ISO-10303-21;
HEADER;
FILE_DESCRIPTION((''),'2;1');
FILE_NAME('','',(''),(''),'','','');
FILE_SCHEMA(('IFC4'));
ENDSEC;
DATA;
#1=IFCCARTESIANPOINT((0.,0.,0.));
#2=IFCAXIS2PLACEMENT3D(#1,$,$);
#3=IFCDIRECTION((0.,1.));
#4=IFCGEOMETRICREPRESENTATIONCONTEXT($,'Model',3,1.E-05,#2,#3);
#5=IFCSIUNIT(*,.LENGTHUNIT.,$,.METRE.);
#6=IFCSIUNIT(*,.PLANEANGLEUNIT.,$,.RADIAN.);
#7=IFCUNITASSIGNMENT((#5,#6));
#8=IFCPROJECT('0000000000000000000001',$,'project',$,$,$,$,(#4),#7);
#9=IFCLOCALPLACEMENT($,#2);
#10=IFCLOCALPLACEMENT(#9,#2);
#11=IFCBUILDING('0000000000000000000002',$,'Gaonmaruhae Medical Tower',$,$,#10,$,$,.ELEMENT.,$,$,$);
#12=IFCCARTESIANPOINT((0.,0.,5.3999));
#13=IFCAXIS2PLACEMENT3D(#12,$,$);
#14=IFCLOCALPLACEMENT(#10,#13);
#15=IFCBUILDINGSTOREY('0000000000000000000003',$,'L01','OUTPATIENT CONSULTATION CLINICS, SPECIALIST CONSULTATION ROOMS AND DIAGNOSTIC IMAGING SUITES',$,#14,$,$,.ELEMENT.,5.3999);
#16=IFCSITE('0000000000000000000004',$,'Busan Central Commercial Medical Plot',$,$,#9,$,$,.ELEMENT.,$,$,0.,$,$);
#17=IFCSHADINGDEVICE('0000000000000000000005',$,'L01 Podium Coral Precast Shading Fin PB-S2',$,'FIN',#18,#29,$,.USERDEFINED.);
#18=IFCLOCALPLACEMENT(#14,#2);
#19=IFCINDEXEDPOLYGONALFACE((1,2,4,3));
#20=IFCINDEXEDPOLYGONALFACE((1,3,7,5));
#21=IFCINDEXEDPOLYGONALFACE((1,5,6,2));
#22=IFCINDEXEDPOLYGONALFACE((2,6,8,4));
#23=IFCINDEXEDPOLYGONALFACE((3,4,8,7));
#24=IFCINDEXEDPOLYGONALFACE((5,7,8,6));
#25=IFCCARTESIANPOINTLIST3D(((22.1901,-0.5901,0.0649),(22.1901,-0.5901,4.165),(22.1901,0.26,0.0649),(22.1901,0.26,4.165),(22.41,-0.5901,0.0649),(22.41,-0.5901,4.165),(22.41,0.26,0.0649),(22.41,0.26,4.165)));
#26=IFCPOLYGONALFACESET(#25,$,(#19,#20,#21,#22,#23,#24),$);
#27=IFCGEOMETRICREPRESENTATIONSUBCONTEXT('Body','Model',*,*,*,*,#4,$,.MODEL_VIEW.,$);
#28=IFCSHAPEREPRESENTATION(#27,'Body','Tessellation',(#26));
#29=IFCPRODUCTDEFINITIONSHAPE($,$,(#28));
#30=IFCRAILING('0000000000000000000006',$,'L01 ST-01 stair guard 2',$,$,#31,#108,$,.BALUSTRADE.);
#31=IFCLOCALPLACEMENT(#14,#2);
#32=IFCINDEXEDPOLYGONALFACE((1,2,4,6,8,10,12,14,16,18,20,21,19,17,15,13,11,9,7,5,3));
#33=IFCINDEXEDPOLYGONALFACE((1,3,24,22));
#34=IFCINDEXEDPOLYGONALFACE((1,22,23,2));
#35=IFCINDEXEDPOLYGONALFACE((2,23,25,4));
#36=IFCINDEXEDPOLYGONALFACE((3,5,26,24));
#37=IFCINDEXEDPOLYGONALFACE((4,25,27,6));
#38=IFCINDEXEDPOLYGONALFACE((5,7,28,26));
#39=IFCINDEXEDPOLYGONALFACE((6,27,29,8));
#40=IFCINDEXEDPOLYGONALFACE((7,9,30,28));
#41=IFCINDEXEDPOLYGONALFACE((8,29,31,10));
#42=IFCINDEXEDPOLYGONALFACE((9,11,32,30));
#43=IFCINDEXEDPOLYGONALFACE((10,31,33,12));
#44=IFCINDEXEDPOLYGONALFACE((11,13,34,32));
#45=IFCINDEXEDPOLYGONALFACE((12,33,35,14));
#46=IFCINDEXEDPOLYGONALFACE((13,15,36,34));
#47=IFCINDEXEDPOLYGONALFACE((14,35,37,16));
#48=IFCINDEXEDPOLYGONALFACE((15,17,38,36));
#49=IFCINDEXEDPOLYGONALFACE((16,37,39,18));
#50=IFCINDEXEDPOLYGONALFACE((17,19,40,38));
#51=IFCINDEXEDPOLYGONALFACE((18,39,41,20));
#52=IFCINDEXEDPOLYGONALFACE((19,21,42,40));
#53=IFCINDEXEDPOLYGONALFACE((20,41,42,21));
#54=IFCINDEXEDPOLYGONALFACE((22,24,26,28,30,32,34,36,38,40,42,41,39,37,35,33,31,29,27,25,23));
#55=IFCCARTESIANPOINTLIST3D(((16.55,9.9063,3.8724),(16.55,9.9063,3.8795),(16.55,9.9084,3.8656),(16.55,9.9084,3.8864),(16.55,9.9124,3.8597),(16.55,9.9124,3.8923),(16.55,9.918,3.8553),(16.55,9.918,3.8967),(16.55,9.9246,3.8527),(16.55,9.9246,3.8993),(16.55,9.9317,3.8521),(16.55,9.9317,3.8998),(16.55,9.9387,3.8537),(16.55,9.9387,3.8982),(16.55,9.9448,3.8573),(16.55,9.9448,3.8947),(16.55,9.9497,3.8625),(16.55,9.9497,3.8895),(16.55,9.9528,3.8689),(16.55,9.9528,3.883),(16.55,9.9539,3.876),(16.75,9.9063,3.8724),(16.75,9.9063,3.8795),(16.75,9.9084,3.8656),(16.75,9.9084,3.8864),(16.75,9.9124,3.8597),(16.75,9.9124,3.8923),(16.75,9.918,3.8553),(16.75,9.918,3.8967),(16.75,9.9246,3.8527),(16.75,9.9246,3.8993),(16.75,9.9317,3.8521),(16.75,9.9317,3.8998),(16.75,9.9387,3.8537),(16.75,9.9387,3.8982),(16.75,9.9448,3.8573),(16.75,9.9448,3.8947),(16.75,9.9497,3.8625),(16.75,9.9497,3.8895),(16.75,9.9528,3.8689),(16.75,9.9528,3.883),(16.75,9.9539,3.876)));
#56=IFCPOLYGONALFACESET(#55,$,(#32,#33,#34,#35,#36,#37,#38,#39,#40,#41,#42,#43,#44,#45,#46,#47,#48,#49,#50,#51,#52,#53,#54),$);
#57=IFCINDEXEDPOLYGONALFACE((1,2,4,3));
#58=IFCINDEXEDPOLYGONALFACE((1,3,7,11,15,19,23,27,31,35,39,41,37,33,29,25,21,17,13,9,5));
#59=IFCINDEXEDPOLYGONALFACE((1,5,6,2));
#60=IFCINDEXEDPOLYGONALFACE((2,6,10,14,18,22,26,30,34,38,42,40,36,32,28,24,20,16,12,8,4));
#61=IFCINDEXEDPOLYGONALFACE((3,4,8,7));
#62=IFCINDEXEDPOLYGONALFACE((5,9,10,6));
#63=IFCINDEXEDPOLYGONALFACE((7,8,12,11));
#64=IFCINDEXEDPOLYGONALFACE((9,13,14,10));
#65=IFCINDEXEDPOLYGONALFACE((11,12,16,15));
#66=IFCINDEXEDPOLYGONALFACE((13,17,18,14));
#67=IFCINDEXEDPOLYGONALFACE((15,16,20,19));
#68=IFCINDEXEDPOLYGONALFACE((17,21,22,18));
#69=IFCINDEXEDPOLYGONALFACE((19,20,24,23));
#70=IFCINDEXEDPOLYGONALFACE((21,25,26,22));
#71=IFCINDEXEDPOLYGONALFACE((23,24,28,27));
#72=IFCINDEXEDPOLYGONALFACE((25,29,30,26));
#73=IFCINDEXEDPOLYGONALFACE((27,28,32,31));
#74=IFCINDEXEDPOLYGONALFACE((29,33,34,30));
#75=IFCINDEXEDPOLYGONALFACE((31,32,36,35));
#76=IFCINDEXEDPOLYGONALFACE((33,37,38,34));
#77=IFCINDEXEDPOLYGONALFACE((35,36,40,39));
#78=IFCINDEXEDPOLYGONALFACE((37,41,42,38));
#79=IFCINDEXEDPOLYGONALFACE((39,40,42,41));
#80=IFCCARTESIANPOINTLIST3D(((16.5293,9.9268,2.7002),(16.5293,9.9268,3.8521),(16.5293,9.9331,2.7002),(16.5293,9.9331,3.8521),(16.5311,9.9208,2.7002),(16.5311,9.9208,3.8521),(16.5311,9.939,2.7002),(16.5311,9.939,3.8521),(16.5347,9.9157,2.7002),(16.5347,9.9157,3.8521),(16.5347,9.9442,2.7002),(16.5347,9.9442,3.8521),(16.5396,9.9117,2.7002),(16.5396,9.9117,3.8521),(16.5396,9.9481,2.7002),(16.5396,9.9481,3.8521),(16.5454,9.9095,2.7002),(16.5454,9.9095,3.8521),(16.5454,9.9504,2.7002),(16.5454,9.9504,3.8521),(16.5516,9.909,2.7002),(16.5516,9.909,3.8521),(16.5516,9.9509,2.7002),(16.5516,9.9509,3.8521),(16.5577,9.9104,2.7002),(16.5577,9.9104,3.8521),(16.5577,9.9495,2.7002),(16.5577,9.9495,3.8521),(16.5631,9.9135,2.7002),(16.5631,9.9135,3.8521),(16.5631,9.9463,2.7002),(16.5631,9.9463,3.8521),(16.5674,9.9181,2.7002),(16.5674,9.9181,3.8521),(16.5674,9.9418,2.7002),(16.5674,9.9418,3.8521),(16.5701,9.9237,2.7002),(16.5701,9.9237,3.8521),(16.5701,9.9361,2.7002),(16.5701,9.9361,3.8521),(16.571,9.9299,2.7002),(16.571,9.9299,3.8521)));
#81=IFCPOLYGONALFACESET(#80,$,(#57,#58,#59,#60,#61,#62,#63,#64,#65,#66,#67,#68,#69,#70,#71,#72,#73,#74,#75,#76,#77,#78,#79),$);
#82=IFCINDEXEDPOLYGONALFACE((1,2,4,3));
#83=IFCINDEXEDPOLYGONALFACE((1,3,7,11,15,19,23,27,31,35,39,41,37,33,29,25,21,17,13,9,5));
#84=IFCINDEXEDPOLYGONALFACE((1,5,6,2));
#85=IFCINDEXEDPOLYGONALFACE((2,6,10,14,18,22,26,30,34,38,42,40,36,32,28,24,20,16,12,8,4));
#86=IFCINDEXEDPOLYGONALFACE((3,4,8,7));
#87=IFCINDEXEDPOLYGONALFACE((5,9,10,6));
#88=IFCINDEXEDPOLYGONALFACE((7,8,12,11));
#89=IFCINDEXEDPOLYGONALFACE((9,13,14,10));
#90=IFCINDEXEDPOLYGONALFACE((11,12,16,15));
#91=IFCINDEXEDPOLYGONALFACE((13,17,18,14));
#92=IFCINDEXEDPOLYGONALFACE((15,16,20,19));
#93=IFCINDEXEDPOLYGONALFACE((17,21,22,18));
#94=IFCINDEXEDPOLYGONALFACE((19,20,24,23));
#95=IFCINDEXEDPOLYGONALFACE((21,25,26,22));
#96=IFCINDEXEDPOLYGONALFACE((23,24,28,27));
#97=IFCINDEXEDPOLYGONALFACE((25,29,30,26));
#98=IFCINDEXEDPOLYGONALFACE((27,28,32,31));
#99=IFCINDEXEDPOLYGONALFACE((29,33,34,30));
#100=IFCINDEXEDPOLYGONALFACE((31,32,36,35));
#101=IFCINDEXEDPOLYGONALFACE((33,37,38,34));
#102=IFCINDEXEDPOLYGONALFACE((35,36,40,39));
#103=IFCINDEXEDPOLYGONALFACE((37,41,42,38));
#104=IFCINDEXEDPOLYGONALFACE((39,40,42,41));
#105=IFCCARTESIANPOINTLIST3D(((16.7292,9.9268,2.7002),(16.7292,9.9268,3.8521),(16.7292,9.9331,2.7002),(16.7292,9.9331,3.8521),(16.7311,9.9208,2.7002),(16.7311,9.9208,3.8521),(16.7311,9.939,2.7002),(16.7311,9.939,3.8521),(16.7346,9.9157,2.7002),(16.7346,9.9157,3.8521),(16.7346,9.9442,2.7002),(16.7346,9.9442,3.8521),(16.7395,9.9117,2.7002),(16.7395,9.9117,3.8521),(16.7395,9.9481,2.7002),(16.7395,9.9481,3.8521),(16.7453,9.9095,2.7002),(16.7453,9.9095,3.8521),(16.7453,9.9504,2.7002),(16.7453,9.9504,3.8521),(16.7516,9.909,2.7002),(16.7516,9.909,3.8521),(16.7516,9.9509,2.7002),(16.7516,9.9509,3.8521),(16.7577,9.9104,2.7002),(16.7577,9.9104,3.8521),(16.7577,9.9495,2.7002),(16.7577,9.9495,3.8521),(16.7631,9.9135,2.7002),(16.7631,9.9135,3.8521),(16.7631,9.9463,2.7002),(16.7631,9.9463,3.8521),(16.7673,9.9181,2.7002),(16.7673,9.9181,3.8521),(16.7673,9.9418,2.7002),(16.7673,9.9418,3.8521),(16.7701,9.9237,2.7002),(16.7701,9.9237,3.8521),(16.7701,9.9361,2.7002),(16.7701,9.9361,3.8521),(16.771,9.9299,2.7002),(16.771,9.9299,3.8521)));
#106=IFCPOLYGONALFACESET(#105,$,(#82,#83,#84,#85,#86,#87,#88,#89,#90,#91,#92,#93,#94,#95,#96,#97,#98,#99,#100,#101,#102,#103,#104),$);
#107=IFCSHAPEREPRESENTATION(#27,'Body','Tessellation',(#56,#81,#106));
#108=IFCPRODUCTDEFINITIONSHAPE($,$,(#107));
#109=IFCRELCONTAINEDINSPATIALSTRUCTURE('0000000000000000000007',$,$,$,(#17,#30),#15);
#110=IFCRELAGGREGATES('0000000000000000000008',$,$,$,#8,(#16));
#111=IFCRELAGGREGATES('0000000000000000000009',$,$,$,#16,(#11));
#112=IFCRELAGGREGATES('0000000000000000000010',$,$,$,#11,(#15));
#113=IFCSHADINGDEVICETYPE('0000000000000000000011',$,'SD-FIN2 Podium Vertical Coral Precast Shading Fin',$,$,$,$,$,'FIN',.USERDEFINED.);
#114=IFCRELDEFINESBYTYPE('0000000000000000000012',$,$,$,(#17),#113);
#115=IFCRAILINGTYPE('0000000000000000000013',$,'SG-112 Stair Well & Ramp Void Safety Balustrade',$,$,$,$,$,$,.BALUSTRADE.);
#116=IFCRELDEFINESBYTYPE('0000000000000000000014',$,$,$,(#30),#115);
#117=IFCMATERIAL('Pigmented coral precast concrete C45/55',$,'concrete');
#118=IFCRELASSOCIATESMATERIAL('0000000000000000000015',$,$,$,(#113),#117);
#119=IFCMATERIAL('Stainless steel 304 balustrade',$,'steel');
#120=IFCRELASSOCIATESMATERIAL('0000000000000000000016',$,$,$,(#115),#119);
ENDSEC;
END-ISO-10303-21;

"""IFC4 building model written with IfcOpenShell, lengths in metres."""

from ifc_helpers import new_model, si_unit, direction, frame, origin, origin_2d, place, context, subcontext, project, spatial, rectangle, circle, extrude, material, type_object, element, save


model = new_model("IFC4")

# Units and contexts
model_context = context("Model", 3, precision=1e-05, world=origin(), true_north=direction((0.0, 1.0)))
body_context = subcontext(model_context, "Body", "Model", "MODEL_VIEW")
ifc_project = project(units=[si_unit("LENGTHUNIT", "METRE"), si_unit("PLANEANGLEUNIT", "RADIAN")], contexts=[model_context])

# Site, building, storey
site_placement = place(None, origin())
site = spatial("IfcSite", under=ifc_project, at=site_placement, Name="Busan Central Commercial Medical Plot", CompositionType="ELEMENT", RefElevation=0.0)
building_placement = place(site_placement, origin())
building = spatial("IfcBuilding", under=site, at=building_placement, Name="Gaonmaruhae Medical Tower", CompositionType="ELEMENT")
storey_placement = place(building_placement, frame((0.0, 0.0, 5.3999)))
storey = spatial("IfcBuildingStorey", under=building, at=storey_placement, Name="L01", Description="OUTPATIENT CONSULTATION CLINICS, SPECIALIST CONSULTATION ROOMS AND DIAGNOSTIC IMAGING SUITES", CompositionType="ELEMENT", Elevation=5.3999)

# Shading device
ifc_material_1 = material(Name="Pigmented coral precast concrete C45/55", Category="concrete")
shading_device_type = type_object("IfcShadingDeviceType", Name="SD-FIN2 Podium Vertical Coral Precast Shading Fin", ElementType="FIN", PredefinedType="USERDEFINED", material=ifc_material_1)
shading_device_placement = place(storey_placement, frame((22.3, -0.165, 0.0649), z_axis=(0.0, 0.0, 1.0), x_axis=(-1.0, 0.0, 0.0)))
element("IfcShadingDevice", 1, at=shading_device_placement, inside=storey, type_object=shading_device_type, Name="L01 Podium Coral Precast Shading Fin PB-S2", ObjectType="FIN", PredefinedType="USERDEFINED", context=body_context, shape_type="SweptSolid", body=[
    extrude(rectangle(XDim=0.22, YDim=0.8501, at=origin_2d()), origin(), (0.0, 0.0, 1.0), 4.1001),
])

# Railing
ifc_material_2 = material(Name="Stainless steel 304 balustrade", Category="steel")
railing_type_1 = type_object("IfcRailingType", Name="SG-112 Stair Well & Ramp Void Safety Balustrade", PredefinedType="BALUSTRADE", material=ifc_material_2)
railing_1_placement = place(storey_placement, frame((16.55, 9.9299, 2.7002)))
element("IfcRailing", 2, at=railing_1_placement, inside=storey, type_object=railing_type_1, Name="L01 ST-01 stair guard 2", PredefinedType="BALUSTRADE", context=body_context, shape_type="SweptSolid", body=[
    extrude(circle(Radius=0.0239, at=origin_2d()), frame((0.0, 0.0, 1.1758), z_axis=(1.0, 0.0, 0.0), x_axis=(0.0, 1.0, 0.0)), (0.0, 0.0, 1.0), 0.2),
    extrude(circle(Radius=0.021, at=origin_2d()), origin(), (0.0, 0.0, 1.0), 1.1519),
    extrude(circle(Radius=0.021, at=origin_2d()), frame((0.2, 0.0, 0.0)), (0.0, 0.0, 1.0), 1.1519),
])

save(model, "model.ifc")
